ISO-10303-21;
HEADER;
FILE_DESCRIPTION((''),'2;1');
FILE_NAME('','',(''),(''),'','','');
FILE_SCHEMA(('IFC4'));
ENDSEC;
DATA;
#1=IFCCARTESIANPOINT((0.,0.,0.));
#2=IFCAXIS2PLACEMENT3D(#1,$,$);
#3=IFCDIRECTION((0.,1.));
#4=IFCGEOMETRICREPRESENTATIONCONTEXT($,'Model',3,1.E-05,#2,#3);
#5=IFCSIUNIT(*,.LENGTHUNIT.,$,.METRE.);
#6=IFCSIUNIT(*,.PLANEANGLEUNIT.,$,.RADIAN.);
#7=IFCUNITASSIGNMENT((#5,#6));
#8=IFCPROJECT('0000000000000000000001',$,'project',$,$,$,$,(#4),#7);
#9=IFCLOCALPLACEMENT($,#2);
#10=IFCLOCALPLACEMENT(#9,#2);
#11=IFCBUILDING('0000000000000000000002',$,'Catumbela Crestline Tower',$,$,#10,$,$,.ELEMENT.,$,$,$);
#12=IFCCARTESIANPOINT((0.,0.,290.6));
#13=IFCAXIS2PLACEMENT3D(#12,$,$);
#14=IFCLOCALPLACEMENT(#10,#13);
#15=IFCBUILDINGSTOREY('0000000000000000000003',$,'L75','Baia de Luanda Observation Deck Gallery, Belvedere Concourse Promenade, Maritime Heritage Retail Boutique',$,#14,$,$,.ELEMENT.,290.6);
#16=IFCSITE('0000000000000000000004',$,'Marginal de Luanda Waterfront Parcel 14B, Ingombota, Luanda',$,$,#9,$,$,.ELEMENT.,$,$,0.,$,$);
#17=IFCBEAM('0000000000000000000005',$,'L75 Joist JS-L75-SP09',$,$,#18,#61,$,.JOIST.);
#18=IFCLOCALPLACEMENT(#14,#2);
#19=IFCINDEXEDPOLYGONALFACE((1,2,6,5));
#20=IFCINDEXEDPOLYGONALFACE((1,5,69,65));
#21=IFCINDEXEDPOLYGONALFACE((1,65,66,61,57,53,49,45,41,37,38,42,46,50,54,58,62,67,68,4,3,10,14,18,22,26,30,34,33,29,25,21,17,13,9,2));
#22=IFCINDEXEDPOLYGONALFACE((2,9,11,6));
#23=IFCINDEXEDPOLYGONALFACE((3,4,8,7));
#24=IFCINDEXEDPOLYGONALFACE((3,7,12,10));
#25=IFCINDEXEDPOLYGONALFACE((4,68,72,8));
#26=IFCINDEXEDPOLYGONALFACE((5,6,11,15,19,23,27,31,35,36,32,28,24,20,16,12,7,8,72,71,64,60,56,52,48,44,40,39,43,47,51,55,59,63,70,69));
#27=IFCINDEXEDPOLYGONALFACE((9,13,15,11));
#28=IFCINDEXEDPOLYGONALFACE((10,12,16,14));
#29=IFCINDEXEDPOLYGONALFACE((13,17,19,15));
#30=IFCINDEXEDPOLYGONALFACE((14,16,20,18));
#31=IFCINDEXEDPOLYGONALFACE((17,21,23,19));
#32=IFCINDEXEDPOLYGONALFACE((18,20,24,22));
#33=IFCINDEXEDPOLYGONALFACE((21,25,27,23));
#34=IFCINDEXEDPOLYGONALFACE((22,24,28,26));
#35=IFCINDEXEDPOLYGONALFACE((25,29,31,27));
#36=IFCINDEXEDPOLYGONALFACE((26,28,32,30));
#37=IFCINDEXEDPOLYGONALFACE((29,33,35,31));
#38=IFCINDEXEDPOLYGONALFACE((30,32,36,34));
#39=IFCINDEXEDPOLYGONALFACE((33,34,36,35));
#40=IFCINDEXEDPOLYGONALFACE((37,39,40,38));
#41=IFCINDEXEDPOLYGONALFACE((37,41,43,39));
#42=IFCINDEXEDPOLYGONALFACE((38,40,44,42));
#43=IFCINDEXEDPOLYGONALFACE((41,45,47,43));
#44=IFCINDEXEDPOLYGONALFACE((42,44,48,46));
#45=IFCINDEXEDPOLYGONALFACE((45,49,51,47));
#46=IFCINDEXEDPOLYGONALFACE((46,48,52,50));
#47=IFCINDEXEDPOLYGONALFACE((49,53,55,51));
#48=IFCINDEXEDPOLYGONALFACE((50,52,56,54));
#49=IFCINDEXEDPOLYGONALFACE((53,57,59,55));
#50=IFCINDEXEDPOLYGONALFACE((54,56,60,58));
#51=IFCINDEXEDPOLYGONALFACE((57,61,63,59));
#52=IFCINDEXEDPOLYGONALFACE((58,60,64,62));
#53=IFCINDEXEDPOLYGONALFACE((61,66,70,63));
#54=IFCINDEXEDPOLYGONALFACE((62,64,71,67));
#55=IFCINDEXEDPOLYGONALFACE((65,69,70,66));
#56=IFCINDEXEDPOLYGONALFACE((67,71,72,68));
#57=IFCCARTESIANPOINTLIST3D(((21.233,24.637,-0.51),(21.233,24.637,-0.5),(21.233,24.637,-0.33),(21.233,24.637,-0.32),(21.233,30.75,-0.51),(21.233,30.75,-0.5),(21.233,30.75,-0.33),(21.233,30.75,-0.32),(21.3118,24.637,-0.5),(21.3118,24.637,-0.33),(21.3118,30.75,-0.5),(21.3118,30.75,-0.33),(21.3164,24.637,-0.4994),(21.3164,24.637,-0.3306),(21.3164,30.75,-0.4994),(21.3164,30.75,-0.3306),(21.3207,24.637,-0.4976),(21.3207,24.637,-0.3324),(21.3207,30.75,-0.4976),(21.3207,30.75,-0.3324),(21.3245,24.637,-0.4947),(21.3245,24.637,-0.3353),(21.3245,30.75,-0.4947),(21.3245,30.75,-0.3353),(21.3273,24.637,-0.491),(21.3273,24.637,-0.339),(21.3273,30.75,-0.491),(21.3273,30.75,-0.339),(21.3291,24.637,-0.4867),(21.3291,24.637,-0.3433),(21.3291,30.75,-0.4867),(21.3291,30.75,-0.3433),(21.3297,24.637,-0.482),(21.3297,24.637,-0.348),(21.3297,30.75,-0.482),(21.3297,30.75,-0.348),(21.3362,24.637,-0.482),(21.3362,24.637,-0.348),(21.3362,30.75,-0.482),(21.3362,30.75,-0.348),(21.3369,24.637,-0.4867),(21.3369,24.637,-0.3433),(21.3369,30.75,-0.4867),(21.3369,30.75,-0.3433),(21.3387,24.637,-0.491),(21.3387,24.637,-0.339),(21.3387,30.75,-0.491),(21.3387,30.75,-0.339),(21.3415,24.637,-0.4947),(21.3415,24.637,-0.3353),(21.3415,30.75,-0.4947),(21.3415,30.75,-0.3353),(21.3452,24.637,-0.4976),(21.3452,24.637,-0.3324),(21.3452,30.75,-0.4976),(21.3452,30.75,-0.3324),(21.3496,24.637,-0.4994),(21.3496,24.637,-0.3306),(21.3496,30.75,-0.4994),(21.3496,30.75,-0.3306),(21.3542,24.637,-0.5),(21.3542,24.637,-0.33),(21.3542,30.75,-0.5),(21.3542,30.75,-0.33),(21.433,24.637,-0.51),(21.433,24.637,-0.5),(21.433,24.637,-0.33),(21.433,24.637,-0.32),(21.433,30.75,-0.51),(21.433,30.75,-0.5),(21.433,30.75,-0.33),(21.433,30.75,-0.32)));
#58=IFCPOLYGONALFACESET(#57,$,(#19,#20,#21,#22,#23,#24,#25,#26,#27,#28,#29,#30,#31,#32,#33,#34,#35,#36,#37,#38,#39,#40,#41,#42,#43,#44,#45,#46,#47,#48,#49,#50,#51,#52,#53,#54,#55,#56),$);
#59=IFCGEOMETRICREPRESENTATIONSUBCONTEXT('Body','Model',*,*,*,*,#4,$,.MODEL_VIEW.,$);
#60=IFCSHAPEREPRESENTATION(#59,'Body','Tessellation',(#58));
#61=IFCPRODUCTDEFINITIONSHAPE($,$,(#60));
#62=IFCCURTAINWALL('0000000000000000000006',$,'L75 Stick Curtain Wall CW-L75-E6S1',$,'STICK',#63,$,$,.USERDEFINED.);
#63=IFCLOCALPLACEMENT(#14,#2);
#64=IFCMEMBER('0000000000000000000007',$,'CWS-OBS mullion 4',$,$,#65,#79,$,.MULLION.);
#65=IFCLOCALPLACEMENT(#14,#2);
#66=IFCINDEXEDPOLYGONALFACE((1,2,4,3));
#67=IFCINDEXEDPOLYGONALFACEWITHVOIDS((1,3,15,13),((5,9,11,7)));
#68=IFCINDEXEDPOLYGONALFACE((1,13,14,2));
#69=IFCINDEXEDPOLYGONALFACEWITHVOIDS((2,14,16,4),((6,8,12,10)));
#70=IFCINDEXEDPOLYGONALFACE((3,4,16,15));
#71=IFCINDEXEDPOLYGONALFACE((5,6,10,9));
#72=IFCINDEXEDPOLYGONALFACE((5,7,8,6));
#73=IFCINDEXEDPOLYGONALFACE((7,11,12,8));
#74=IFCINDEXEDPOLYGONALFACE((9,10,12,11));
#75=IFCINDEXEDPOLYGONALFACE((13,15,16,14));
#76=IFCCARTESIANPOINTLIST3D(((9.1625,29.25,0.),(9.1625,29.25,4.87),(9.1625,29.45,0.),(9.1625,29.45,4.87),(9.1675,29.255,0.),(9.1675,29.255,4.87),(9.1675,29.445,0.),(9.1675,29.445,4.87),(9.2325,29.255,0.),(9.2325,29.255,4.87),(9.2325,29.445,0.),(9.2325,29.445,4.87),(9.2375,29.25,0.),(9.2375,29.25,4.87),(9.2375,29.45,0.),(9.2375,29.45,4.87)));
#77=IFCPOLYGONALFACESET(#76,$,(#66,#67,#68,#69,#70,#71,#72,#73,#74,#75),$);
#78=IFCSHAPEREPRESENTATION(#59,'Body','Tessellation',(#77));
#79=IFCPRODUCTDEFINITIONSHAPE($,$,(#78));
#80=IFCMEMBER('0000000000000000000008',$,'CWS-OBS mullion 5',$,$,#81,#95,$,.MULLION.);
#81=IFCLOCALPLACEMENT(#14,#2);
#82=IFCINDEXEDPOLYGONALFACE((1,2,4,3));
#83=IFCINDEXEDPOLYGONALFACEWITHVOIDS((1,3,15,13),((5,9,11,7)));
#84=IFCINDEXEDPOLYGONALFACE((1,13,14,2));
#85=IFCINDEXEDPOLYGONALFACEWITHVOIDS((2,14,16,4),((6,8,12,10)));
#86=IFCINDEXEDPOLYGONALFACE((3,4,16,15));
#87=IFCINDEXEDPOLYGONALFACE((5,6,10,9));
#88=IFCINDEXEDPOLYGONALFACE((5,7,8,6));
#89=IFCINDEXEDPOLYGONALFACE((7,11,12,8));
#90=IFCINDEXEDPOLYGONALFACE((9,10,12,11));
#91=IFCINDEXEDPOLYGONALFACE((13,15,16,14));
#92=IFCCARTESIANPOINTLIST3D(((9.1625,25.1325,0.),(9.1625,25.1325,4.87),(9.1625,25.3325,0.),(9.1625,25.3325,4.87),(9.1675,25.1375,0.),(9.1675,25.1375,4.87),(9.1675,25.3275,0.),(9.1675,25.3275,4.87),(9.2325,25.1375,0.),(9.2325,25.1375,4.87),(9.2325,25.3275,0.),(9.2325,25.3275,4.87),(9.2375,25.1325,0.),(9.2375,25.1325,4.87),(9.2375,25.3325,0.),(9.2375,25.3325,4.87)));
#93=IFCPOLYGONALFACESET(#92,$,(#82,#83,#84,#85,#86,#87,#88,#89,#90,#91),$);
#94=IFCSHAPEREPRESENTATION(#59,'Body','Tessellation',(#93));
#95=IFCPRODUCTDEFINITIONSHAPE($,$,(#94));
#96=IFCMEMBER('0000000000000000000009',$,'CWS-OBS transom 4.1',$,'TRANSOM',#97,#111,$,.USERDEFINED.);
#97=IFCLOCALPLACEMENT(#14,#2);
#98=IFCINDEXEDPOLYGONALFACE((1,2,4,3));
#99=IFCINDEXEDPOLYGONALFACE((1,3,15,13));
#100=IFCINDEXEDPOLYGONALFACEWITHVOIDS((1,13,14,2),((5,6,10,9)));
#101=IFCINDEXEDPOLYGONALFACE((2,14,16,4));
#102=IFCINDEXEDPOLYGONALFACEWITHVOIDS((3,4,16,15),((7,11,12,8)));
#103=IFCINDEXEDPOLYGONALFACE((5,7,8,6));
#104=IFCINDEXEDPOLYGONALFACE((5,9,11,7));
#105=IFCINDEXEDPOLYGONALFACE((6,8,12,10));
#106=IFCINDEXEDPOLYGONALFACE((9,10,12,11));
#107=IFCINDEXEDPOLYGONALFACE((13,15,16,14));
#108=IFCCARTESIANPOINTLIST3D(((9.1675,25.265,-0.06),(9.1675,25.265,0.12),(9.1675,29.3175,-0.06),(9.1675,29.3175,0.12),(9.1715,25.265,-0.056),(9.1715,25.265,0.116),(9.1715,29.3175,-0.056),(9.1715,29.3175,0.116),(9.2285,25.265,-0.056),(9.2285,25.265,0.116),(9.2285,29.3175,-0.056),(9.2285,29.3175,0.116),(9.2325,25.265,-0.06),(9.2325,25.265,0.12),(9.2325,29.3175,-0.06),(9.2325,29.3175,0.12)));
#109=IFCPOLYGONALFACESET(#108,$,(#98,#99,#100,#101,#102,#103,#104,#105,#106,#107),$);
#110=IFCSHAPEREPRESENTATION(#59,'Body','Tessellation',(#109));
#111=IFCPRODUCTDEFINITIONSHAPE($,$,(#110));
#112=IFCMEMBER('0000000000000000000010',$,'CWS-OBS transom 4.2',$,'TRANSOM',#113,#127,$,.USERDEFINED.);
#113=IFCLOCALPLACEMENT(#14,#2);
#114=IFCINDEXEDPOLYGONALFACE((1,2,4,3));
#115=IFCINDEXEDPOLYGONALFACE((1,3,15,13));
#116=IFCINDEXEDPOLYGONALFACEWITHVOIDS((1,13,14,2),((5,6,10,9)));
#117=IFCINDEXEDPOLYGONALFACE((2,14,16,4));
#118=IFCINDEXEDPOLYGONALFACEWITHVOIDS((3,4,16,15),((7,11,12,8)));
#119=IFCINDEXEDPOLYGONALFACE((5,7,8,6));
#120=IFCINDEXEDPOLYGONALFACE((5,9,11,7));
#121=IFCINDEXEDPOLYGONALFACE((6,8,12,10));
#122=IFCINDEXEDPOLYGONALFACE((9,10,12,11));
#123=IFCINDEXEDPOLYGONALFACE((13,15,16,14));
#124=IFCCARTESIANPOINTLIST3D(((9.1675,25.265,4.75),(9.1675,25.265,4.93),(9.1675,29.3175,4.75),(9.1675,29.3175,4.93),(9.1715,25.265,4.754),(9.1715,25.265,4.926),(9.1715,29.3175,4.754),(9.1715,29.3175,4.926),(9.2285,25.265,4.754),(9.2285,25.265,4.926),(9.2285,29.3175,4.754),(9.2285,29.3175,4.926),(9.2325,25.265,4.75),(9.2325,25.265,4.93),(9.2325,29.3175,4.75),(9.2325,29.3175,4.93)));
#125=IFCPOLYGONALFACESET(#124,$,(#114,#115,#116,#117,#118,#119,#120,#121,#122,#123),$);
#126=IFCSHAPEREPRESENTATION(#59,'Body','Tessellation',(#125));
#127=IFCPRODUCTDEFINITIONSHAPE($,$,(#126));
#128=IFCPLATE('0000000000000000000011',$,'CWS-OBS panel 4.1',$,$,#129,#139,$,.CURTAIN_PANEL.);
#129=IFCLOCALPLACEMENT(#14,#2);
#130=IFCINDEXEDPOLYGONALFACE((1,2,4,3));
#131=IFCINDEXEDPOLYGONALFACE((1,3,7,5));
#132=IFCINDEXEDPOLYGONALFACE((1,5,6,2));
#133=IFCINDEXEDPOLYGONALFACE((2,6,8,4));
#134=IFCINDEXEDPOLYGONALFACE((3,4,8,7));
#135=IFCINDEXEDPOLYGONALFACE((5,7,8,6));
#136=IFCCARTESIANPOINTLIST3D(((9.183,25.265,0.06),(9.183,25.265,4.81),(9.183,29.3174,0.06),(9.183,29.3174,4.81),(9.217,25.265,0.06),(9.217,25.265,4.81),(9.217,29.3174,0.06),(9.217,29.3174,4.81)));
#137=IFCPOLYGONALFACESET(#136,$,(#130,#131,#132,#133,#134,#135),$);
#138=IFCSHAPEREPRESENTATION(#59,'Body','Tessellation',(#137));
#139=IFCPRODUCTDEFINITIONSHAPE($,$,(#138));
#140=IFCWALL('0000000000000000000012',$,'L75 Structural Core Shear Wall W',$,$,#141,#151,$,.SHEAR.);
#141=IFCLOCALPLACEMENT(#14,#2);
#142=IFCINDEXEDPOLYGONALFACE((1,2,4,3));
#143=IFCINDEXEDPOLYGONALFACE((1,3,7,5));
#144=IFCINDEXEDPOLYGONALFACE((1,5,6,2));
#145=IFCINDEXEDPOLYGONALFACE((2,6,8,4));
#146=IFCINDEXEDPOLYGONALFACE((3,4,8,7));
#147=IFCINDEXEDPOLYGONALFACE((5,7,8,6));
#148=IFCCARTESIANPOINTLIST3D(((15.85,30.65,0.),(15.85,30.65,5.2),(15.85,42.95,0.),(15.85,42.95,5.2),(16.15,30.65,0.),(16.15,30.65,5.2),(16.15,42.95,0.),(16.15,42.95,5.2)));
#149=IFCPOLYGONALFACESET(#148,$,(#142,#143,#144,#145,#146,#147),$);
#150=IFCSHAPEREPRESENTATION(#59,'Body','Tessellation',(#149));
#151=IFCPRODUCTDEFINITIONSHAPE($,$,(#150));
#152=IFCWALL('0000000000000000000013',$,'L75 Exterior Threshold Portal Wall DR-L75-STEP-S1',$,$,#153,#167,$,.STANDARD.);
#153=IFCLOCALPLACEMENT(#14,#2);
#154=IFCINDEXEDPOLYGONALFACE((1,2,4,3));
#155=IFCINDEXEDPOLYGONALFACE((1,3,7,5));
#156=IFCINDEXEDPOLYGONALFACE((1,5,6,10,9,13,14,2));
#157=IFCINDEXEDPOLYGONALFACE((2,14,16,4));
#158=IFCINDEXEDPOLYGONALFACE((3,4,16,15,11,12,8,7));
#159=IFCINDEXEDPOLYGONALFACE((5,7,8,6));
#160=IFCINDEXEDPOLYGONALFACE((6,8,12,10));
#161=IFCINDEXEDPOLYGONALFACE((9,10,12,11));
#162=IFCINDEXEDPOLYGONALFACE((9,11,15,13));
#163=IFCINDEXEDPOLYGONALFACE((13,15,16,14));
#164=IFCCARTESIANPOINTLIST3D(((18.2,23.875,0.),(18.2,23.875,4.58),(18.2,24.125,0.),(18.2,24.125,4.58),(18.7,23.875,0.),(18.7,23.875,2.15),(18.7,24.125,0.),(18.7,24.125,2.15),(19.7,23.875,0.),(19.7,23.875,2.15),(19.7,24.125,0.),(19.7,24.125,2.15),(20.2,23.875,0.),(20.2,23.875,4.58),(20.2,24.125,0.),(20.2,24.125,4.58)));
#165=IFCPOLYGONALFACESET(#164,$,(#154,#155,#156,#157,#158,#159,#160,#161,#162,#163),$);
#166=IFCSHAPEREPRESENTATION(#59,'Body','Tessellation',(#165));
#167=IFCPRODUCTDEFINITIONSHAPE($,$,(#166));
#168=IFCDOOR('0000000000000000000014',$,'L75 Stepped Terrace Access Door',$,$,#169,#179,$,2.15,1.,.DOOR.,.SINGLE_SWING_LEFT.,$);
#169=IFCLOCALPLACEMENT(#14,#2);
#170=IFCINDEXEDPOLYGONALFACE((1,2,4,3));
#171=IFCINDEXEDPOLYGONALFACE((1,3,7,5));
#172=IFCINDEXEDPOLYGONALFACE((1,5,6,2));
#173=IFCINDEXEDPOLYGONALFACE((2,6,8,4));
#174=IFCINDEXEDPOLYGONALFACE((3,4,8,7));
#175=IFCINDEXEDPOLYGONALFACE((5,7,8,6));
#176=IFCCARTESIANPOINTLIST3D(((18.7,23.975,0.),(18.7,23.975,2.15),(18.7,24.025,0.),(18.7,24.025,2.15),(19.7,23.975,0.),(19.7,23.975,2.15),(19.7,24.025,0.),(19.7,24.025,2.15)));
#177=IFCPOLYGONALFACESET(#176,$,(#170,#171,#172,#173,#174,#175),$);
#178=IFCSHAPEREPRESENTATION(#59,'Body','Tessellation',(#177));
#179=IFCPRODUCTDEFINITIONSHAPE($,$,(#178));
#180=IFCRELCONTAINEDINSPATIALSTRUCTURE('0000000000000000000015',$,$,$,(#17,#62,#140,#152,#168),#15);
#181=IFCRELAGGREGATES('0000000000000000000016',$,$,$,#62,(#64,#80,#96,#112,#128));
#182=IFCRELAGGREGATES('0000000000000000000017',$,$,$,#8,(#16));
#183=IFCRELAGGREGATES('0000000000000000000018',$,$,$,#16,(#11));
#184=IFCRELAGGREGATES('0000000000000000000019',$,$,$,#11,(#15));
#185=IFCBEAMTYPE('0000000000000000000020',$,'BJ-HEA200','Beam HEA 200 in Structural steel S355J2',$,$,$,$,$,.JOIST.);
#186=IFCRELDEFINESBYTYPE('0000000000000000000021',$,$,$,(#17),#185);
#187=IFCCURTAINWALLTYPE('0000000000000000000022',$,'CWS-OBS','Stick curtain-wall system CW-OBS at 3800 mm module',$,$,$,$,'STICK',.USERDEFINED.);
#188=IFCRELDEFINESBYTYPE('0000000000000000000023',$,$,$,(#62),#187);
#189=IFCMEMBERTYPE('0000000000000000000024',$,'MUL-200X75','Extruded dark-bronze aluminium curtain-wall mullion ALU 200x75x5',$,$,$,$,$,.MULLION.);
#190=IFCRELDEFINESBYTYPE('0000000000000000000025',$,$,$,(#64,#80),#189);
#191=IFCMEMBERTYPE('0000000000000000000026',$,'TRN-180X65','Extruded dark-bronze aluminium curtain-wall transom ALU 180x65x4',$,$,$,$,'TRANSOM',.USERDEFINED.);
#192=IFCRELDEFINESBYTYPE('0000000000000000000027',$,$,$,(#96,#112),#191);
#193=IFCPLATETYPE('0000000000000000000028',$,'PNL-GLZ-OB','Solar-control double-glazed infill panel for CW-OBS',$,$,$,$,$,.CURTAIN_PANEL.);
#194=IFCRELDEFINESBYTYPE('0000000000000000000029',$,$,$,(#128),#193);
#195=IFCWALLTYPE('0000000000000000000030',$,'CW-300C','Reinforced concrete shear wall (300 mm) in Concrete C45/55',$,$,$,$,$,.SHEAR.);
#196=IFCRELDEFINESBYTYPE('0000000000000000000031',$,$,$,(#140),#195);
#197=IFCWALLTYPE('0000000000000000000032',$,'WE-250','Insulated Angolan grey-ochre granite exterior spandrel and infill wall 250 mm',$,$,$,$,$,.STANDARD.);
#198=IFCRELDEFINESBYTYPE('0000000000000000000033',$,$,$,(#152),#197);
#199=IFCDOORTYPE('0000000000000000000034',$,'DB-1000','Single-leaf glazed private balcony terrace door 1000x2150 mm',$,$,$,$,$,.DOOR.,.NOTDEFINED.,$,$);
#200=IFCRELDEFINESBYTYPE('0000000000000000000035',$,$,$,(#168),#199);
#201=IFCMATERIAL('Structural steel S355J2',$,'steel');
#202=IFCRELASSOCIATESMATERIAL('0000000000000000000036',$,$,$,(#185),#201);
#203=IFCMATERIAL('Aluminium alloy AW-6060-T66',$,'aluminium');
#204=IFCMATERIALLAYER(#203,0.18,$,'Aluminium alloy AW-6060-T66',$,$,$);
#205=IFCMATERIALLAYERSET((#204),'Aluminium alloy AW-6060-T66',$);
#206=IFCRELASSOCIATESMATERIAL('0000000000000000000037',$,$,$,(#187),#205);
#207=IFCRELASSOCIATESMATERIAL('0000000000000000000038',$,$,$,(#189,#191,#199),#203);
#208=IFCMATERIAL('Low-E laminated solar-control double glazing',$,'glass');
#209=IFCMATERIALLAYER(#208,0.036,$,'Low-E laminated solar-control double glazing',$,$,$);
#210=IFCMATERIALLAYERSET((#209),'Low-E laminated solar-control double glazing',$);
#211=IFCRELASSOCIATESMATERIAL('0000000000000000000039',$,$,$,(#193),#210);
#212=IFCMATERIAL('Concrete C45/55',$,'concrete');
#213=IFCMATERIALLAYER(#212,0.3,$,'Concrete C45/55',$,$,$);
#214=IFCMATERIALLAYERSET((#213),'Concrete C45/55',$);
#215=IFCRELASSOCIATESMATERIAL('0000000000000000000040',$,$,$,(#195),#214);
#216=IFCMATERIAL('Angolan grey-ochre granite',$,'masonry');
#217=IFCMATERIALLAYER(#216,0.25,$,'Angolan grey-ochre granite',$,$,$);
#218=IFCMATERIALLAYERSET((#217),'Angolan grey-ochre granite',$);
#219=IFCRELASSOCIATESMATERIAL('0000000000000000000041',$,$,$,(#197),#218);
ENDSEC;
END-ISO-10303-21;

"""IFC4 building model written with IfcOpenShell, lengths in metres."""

from ifc_helpers import new_model, si_unit, direction, frame, frame_2d, origin, origin_2d, place, context, subcontext, project, spatial, rectangle, hollow_rectangle, i_section, extrude, material, layer, layer_set, material_profile, profile_set, type_object, element, fill, aggregate, save


model = new_model("IFC4")

# Units and contexts
model_context = context("Model", 3, precision=1e-05, world=origin(), true_north=direction((0.0, 1.0)))
body_context = subcontext(model_context, "Body", "Model", "MODEL_VIEW")
ifc_project = project(units=[si_unit("LENGTHUNIT", "METRE"), si_unit("PLANEANGLEUNIT", "RADIAN")], contexts=[model_context])

# Site, building, storey
site_placement = place(None, origin())
site = spatial("IfcSite", under=ifc_project, at=site_placement, Name="Marginal de Luanda Waterfront Parcel 14B, Ingombota, Luanda", CompositionType="ELEMENT", RefElevation=0.0)
building_placement = place(site_placement, origin())
building = spatial("IfcBuilding", under=site, at=building_placement, Name="Catumbela Crestline Tower", CompositionType="ELEMENT")
storey_placement = place(building_placement, frame((0.0, 0.0, 290.6)))
storey = spatial("IfcBuildingStorey", under=building, at=storey_placement, Name="L75", Description="Baia de Luanda Observation Deck Gallery, Belvedere Concourse Promenade, Maritime Heritage Retail Boutique", CompositionType="ELEMENT", Elevation=290.6)

# Shared definitions
ifc_material_1 = material(Name="Concrete C45/55", Category="concrete")

# Beam
ifc_material_2 = material(Name="Structural steel S355J2", Category="steel")
ifc_material_profile_1 = material_profile(ifc_material_2, i_section(OverallWidth=0.2, OverallDepth=0.19, WebThickness=0.0065, FlangeThickness=0.01, FilletRadius=0.018, at=origin_2d()), Name="HEA 200")
ifc_profile_set_1 = profile_set([ifc_material_profile_1], Name="Structural steel S355J2")
beam_type_1 = type_object("IfcBeamType", Name="BJ-HEA200", Description="Beam HEA 200 in Structural steel S355J2", PredefinedType="JOIST", material=ifc_profile_set_1)
for number, where, z_axis, x_axis, name in (
    (1, (21.333, 24.637, -0.415), (0.0, 1.0, 0.0), (-1.0, 0.0, 0.0), "L75 Joist JS-L75-SP09"),
):
    element("IfcBeam", number, at=place(storey_placement, frame(where, z_axis=z_axis, x_axis=x_axis)), inside=storey, type_object=beam_type_1, Name=name, PredefinedType="JOIST", context=body_context, shape_type="SweptSolid", body=[
        extrude(i_section(OverallWidth=0.2, OverallDepth=0.19, WebThickness=0.0065, FlangeThickness=0.01, FilletRadius=0.018, at=origin_2d()), origin(), (0.0, 0.0, 1.0), 6.113),
    ])

# Curtain wall, members, plate
ifc_material_3 = material(Name="Aluminium alloy AW-6060-T66", Category="aluminium")
ifc_layer_1 = layer(ifc_material_3, 0.18, Name="Aluminium alloy AW-6060-T66")
ifc_layer_set_1 = layer_set([ifc_layer_1], Name="Aluminium alloy AW-6060-T66")
curtain_wall_type = type_object("IfcCurtainWallType", Name="CWS-OBS", Description="Stick curtain-wall system CW-OBS at 3800 mm module", ElementType="STICK", PredefinedType="USERDEFINED", material=ifc_layer_set_1)
curtain_wall_placement = place(storey_placement, origin())
curtain_wall = element("IfcCurtainWall", 2, at=curtain_wall_placement, inside=storey, type_object=curtain_wall_type, Name="L75 Stick Curtain Wall CW-L75-E6S1", ObjectType="STICK", PredefinedType="USERDEFINED")
ifc_material_profile_2 = material_profile(ifc_material_3, hollow_rectangle(XDim=0.075, YDim=0.2, WallThickness=0.005, at=origin_2d()), Name="ALU 200x75x5")
ifc_profile_set_2 = profile_set([ifc_material_profile_2], Name="Aluminium alloy AW-6060-T66")
member_type_1 = type_object("IfcMemberType", Name="MUL-200X75", Description="Extruded dark-bronze aluminium curtain-wall mullion ALU 200x75x5", PredefinedType="MULLION", material=ifc_profile_set_2)
member_1_placement = place(storey_placement, frame((9.2, 29.35, 0.0), z_axis=(0.0, 0.0, 1.0), x_axis=(1.0, 0.0, 0.0)))
member_1 = element("IfcMember", 3, at=member_1_placement, type_object=member_type_1, Name="CWS-OBS mullion 4", PredefinedType="MULLION", context=body_context, shape_type="SweptSolid", body=[
    extrude(hollow_rectangle(XDim=0.075, YDim=0.2, WallThickness=0.005, at=origin_2d()), origin(), (0.0, 0.0, 1.0), 4.87),
])
member_2_placement = place(storey_placement, frame((9.2, 25.2325, 0.0), z_axis=(0.0, 0.0, 1.0), x_axis=(1.0, 0.0, 0.0)))
member_2 = element("IfcMember", 4, at=member_2_placement, type_object=member_type_1, Name="CWS-OBS mullion 5", PredefinedType="MULLION", context=body_context, shape_type="SweptSolid", body=[
    extrude(hollow_rectangle(XDim=0.075, YDim=0.2, WallThickness=0.005, at=origin_2d()), origin(), (0.0, 0.0, 1.0), 4.87),
])
ifc_material_profile_3 = material_profile(ifc_material_3, hollow_rectangle(XDim=0.065, YDim=0.18, WallThickness=0.004, at=origin_2d()), Name="ALU 180x65x4")
ifc_profile_set_3 = profile_set([ifc_material_profile_3], Name="Aluminium alloy AW-6060-T66")
member_type_2 = type_object("IfcMemberType", Name="TRN-180X65", Description="Extruded dark-bronze aluminium curtain-wall transom ALU 180x65x4", ElementType="TRANSOM", PredefinedType="USERDEFINED", material=ifc_profile_set_3)
member_3_placement = place(storey_placement, frame((9.2, 29.3175, 0.03), z_axis=(0.0, -1.0, 0.0), x_axis=(1.0, 0.0, 0.0)))
member_3 = element("IfcMember", 5, at=member_3_placement, type_object=member_type_2, Name="CWS-OBS transom 4.1", ObjectType="TRANSOM", PredefinedType="USERDEFINED", context=body_context, shape_type="SweptSolid", body=[
    extrude(hollow_rectangle(XDim=0.065, YDim=0.18, WallThickness=0.004, at=origin_2d()), origin(), (0.0, 0.0, 1.0), 4.0525),
])
member_4_placement = place(storey_placement, frame((9.2, 29.3175, 4.84), z_axis=(0.0, -1.0, 0.0), x_axis=(1.0, 0.0, 0.0)))
member_4 = element("IfcMember", 6, at=member_4_placement, type_object=member_type_2, Name="CWS-OBS transom 4.2", ObjectType="TRANSOM", PredefinedType="USERDEFINED", context=body_context, shape_type="SweptSolid", body=[
    extrude(hollow_rectangle(XDim=0.065, YDim=0.18, WallThickness=0.004, at=origin_2d()), origin(), (0.0, 0.0, 1.0), 4.0525),
])
ifc_material_4 = material(Name="Low-E laminated solar-control double glazing", Category="glass")
ifc_layer_2 = layer(ifc_material_4, 0.036, Name="Low-E laminated solar-control double glazing")
ifc_layer_set_2 = layer_set([ifc_layer_2], Name="Low-E laminated solar-control double glazing")
plate_type = type_object("IfcPlateType", Name="PNL-GLZ-OB", Description="Solar-control double-glazed infill panel for CW-OBS", PredefinedType="CURTAIN_PANEL", material=ifc_layer_set_2)
plate_placement = place(storey_placement, frame((9.2, 27.2912, 0.06), z_axis=(0.0, 0.0, 1.0), x_axis=(0.0, -1.0, 0.0)))
plate = element("IfcPlate", 7, at=plate_placement, type_object=plate_type, Name="CWS-OBS panel 4.1", PredefinedType="CURTAIN_PANEL", context=body_context, shape_type="SweptSolid", body=[
    extrude(rectangle(XDim=4.0525, YDim=0.034, at=origin_2d()), origin(), (0.0, 0.0, 1.0), 4.75),
])
aggregate(curtain_wall, [member_1, member_2, member_3, member_4, plate])

# Wall
ifc_layer_3 = layer(ifc_material_1, 0.3, Name="Concrete C45/55")
ifc_layer_set_3 = layer_set([ifc_layer_3], Name="Concrete C45/55")
wall_type_1 = type_object("IfcWallType", Name="CW-300C", Description="Reinforced concrete shear wall (300 mm) in Concrete C45/55", PredefinedType="SHEAR", material=ifc_layer_set_3)
wall_1_placement = place(storey_placement, frame((16.0, 30.65, 0.0), z_axis=(0.0, 0.0, 1.0), x_axis=(0.0, 1.0, 0.0)))
element("IfcWall", 8, at=wall_1_placement, inside=storey, type_object=wall_type_1, Name="L75 Structural Core Shear Wall W", PredefinedType="SHEAR", context=body_context, shape_type="SweptSolid", body=[
    extrude(rectangle(XDim=12.3, YDim=0.3, at=frame_2d((6.15, 0.0))), origin(), (0.0, 0.0, 1.0), 5.2),
])

# Wall, opening, door
ifc_material_5 = material(Name="Angolan grey-ochre granite", Category="masonry")
ifc_layer_4 = layer(ifc_material_5, 0.25, Name="Angolan grey-ochre granite")
ifc_layer_set_4 = layer_set([ifc_layer_4], Name="Angolan grey-ochre granite")
wall_type_2 = type_object("IfcWallType", Name="WE-250", Description="Insulated Angolan grey-ochre granite exterior spandrel and infill wall 250 mm", PredefinedType="STANDARD", material=ifc_layer_set_4)
wall_2_placement = place(storey_placement, frame((18.2, 24.0, 0.0), z_axis=(0.0, 0.0, 1.0), x_axis=(1.0, 0.0, 0.0)))
wall_2 = element("IfcWall", 9, at=wall_2_placement, inside=storey, type_object=wall_type_2, Name="L75 Exterior Threshold Portal Wall DR-L75-STEP-S1", PredefinedType="STANDARD", context=body_context, shape_type="SweptSolid", body=[
    extrude(rectangle(XDim=2.0, YDim=0.25, at=frame_2d((1.0, 0.0))), origin(), (0.0, 0.0, 1.0), 4.58),
])
opening_1_placement = place(wall_2_placement, frame((0.5, 0.0, 0.0)))
opening_1 = element("IfcOpeningElement", 10, at=opening_1_placement, cuts=wall_2, PredefinedType="OPENING", context=body_context, shape_type="SweptSolid", body=[
    extrude(rectangle(XDim=1.0, YDim=2.15, at=frame_2d((0.5, 1.075))), frame((0.0, 0.135, 0.0), z_axis=(0.0, -1.0, 0.0), x_axis=(1.0, 0.0, 0.0)), (0.0, 0.0, 1.0), 0.27),
])
door_type_1 = type_object("IfcDoorType", Name="DB-1000", Description="Single-leaf glazed private balcony terrace door 1000x2150 mm", OperationType="NOTDEFINED", PredefinedType="DOOR", material=ifc_material_3)
door_1_placement = place(opening_1_placement, origin())
door_1 = element("IfcDoor", 11, at=door_1_placement, inside=storey, type_object=door_type_1, Name="L75 Stepped Terrace Access Door", OperationType="SINGLE_SWING_LEFT", OverallHeight=2.15, OverallWidth=1.0, PredefinedType="DOOR", context=body_context, shape_type="SweptSolid", body=[
    extrude(rectangle(XDim=1.0, YDim=2.15, at=frame_2d((0.5, 1.075))), frame((0.0, 0.025, 0.0), z_axis=(0.0, -1.0, 0.0), x_axis=(1.0, 0.0, 0.0)), (0.0, 0.0, 1.0), 0.05),
])
fill(opening_1, door_1)

save(model, "model.ifc")
